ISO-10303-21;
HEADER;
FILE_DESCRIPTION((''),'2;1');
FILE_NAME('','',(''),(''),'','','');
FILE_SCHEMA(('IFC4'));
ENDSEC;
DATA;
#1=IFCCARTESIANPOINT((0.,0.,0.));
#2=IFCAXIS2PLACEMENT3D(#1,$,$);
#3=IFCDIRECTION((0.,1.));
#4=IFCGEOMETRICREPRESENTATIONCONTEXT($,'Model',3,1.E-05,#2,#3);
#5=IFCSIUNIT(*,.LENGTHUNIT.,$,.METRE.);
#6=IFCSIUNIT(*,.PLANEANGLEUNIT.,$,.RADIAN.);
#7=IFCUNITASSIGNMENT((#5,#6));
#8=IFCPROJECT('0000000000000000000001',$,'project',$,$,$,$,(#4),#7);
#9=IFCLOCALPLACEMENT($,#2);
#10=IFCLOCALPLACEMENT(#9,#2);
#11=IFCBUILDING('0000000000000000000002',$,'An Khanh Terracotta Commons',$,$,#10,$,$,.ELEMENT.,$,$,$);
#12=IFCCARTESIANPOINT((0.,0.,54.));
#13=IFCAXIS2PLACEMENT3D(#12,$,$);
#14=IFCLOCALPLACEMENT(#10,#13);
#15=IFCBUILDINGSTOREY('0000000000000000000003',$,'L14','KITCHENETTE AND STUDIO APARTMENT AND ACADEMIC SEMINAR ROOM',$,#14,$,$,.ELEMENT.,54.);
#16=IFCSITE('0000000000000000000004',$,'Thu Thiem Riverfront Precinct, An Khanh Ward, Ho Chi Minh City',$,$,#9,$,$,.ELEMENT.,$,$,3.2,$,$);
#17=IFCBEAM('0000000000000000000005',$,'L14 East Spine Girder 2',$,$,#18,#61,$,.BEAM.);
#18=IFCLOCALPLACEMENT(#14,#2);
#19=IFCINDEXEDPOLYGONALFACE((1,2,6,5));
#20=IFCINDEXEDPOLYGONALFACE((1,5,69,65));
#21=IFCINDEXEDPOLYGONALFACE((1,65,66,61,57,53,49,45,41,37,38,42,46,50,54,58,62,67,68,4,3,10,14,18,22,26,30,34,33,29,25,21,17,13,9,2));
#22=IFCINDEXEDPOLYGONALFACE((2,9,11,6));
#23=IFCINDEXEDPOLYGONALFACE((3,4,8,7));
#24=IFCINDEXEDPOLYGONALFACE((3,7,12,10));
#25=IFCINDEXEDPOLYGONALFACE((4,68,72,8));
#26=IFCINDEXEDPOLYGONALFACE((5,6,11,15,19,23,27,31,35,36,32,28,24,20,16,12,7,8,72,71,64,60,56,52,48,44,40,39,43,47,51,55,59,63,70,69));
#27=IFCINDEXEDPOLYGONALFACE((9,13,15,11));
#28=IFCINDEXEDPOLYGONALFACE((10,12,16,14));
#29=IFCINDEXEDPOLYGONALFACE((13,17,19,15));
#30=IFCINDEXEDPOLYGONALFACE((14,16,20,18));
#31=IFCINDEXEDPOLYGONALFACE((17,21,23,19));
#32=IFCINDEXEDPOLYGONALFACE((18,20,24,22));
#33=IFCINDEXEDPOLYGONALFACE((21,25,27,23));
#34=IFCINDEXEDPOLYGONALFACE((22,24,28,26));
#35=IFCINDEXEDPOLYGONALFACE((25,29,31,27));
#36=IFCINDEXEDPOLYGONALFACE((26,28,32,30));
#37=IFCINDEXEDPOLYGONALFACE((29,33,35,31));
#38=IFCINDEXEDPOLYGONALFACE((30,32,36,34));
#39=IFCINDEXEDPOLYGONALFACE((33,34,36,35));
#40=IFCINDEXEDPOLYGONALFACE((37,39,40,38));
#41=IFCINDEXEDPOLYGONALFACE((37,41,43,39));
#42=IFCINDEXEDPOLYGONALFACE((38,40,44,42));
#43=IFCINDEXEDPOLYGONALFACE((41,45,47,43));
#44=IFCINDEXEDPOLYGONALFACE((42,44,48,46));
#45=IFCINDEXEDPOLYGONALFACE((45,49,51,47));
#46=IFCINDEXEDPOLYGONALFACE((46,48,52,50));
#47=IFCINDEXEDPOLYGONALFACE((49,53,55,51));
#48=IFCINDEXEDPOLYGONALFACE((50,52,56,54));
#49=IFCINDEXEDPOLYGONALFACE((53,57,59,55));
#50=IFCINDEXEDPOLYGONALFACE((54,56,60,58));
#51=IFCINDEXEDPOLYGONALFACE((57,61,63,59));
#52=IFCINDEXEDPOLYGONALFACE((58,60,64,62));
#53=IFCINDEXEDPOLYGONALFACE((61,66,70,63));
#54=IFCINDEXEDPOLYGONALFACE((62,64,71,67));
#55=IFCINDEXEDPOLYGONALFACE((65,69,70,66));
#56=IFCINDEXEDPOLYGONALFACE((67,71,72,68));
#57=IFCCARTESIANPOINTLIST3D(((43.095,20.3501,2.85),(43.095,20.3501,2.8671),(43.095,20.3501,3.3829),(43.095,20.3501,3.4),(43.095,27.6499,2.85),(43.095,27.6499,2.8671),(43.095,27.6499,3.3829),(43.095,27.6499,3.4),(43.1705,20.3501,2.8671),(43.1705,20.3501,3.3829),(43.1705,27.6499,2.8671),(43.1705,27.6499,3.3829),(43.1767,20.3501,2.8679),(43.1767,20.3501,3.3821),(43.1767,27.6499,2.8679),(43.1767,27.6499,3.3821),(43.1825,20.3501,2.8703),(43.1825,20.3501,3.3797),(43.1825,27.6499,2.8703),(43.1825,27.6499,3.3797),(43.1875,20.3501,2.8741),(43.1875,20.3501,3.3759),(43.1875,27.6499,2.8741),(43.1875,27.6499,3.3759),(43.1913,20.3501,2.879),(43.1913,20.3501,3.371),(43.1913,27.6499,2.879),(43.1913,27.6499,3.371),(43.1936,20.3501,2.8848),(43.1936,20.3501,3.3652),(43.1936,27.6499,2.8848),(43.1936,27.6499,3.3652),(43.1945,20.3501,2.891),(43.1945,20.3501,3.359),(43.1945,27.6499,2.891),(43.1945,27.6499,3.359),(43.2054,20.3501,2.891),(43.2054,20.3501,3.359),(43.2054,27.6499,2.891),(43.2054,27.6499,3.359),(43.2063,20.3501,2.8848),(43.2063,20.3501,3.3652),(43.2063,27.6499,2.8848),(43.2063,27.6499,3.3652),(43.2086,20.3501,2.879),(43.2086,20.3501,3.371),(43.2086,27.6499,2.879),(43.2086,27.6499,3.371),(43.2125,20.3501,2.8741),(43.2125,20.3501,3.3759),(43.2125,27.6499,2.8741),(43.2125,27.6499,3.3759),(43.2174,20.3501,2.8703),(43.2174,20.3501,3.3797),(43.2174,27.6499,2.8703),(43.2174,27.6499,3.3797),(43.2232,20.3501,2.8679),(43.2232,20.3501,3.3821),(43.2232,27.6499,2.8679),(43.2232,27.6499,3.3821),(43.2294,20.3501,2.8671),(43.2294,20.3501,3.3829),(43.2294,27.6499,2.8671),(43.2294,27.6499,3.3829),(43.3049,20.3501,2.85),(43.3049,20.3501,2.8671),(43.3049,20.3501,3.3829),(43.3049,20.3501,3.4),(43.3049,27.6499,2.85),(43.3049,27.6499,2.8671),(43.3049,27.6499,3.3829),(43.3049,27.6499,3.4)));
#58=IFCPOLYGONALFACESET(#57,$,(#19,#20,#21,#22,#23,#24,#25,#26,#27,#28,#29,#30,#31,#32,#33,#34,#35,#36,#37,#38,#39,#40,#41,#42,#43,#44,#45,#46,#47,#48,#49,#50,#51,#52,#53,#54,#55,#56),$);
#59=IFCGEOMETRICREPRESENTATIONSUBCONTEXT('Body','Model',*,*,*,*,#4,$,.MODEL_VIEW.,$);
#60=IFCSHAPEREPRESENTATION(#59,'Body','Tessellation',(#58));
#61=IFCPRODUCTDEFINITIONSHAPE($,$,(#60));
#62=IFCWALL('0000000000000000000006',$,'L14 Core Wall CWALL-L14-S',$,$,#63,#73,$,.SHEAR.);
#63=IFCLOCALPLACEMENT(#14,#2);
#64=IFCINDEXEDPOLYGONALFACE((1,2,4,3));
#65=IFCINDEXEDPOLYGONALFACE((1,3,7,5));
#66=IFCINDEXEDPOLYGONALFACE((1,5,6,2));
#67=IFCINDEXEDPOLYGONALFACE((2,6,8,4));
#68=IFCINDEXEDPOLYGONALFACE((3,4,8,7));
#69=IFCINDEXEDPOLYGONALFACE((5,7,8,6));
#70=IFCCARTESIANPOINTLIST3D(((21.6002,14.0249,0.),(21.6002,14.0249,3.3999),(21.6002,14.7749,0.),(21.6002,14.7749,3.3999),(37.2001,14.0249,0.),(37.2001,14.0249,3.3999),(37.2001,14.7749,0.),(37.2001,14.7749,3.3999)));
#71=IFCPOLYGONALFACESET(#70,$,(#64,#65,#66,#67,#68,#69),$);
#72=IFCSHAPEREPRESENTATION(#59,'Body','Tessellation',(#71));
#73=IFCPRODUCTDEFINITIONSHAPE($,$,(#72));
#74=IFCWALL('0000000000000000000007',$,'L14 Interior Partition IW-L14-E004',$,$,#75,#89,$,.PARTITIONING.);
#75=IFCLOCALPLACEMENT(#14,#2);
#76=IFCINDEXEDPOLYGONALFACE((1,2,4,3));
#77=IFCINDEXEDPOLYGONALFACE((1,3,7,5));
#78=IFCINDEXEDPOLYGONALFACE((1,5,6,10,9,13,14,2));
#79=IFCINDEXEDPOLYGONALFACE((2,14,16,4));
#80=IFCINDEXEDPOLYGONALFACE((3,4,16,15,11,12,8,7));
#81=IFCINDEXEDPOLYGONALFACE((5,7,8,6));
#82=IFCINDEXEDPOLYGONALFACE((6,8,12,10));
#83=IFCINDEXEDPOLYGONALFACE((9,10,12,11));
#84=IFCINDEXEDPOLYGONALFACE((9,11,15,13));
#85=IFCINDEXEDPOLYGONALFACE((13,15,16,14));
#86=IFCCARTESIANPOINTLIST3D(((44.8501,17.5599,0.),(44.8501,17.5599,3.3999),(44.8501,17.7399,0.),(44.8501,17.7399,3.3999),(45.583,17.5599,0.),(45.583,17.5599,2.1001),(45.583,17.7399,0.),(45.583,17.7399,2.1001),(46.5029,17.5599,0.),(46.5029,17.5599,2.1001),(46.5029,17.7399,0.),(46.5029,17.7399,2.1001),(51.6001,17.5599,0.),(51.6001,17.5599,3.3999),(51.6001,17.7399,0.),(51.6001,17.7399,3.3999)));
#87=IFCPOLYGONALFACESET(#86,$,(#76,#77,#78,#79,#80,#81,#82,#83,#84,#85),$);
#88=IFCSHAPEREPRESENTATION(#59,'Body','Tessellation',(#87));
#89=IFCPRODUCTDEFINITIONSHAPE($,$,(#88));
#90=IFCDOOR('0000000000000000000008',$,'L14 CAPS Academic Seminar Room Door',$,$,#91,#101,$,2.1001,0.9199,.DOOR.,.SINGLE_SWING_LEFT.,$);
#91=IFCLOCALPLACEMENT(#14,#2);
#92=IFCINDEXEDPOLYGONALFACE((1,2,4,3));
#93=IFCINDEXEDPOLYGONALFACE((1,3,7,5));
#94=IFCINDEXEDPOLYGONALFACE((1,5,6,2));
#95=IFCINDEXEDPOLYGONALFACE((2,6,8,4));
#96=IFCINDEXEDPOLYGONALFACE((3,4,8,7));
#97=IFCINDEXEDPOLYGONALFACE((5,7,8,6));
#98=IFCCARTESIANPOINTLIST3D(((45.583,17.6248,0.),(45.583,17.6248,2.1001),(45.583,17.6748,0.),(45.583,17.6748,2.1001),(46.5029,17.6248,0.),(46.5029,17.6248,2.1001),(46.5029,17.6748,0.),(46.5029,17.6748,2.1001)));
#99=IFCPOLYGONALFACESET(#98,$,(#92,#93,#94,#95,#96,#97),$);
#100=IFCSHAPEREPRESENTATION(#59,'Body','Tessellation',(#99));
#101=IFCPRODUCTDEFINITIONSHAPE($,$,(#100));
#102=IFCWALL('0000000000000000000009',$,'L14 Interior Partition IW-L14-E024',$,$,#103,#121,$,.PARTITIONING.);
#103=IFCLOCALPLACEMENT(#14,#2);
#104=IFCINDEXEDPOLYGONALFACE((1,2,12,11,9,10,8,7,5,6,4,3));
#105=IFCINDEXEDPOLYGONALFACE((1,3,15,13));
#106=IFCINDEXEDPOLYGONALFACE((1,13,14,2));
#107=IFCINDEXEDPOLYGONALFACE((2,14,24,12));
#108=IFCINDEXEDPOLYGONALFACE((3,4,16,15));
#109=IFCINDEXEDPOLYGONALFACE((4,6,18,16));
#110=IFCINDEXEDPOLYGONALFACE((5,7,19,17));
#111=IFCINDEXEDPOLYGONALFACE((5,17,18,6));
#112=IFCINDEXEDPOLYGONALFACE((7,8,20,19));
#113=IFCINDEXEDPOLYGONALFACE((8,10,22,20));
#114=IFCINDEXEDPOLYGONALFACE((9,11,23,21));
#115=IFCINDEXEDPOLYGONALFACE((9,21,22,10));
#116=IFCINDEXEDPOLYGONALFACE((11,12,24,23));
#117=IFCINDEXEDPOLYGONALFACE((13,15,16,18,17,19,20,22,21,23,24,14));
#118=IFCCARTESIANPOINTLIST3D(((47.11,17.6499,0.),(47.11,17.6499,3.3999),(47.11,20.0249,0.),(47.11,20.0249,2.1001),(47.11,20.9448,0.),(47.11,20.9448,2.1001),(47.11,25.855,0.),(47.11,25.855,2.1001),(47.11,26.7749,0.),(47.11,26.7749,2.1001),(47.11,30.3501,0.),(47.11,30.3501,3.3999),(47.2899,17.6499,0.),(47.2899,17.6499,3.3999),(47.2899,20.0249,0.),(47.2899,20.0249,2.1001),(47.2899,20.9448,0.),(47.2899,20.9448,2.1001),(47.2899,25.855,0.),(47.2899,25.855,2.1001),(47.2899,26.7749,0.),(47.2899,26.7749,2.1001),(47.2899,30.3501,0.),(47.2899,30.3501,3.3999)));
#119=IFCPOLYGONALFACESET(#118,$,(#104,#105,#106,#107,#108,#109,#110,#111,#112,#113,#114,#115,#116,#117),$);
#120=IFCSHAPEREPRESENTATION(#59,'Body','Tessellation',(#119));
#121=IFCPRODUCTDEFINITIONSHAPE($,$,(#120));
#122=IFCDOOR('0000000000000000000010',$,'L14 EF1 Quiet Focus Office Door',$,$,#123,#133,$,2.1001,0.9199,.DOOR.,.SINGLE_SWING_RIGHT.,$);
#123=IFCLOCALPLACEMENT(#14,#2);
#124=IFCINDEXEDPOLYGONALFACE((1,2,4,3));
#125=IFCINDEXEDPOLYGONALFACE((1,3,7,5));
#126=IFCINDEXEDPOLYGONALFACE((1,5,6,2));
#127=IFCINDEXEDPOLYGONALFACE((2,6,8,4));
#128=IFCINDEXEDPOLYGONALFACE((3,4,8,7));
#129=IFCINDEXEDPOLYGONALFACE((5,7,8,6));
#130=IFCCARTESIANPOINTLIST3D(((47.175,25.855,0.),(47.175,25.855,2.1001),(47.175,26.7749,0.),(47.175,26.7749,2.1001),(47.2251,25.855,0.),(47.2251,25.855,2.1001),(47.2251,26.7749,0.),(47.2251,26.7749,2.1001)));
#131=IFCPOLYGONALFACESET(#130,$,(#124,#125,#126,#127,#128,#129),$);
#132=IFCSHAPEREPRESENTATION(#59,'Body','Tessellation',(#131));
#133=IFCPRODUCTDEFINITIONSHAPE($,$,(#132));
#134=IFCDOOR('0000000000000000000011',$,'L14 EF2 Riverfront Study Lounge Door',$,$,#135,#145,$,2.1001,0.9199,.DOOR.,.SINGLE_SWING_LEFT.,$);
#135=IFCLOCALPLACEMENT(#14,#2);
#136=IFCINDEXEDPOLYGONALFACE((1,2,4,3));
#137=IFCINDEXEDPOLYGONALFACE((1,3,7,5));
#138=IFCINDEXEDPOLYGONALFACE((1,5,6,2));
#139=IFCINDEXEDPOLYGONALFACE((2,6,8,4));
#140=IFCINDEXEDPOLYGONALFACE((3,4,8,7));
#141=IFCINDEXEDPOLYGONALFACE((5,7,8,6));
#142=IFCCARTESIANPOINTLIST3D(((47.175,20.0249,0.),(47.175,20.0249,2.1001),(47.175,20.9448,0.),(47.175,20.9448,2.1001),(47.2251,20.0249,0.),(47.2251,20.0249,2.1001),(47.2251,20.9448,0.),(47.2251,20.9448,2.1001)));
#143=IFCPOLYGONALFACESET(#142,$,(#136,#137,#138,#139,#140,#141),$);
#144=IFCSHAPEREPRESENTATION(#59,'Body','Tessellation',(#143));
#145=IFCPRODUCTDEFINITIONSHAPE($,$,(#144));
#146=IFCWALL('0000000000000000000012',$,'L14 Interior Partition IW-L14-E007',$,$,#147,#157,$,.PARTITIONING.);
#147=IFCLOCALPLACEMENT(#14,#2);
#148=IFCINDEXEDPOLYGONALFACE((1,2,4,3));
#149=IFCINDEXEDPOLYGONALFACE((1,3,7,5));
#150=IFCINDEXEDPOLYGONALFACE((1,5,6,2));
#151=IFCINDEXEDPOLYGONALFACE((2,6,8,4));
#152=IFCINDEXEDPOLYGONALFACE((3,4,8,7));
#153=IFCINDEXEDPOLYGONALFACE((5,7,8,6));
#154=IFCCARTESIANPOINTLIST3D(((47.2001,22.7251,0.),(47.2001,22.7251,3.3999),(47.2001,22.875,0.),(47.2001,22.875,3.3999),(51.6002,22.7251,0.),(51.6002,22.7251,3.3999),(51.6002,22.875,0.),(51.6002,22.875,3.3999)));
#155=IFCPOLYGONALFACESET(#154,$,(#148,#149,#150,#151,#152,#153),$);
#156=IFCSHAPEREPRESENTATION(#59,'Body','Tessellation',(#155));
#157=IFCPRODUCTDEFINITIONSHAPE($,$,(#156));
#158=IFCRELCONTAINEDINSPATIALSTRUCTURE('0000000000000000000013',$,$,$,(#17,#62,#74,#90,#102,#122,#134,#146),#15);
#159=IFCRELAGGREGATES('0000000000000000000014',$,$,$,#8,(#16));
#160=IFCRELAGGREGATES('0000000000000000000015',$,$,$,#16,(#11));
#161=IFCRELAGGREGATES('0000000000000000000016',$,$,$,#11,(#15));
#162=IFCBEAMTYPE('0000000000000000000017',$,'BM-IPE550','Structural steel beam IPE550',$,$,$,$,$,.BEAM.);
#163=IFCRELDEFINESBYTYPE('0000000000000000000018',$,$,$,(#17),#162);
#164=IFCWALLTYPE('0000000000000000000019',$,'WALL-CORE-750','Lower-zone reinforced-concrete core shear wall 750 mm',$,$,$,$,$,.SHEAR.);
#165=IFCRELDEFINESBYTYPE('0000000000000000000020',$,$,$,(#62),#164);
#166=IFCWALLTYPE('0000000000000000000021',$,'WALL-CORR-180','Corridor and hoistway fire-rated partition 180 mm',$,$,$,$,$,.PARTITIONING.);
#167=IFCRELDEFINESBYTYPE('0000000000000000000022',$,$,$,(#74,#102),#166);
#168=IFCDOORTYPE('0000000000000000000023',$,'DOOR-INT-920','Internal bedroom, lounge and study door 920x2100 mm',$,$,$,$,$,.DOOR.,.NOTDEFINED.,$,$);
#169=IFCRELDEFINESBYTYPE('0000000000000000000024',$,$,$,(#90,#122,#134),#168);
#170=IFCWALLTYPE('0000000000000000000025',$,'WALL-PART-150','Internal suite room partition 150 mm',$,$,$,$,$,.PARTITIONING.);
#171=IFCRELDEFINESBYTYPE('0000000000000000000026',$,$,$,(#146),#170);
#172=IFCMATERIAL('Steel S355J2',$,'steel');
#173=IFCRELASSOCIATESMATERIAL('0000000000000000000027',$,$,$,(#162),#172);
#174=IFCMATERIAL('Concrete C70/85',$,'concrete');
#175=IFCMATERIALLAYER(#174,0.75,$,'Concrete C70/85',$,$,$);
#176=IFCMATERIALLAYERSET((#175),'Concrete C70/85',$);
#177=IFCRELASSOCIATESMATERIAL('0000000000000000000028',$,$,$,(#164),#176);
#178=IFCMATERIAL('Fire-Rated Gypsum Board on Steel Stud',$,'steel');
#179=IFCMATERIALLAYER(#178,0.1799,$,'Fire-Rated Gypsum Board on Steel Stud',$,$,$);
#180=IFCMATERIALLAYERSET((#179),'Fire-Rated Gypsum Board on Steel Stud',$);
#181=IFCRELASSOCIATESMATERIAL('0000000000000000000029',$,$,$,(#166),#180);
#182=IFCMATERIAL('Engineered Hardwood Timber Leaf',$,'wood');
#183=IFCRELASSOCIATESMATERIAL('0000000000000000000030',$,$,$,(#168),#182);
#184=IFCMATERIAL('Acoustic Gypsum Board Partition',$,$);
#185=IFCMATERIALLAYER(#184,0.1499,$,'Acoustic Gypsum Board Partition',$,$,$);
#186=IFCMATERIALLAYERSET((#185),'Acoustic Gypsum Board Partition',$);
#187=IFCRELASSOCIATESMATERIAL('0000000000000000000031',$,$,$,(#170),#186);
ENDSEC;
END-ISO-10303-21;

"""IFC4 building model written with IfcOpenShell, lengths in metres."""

from ifc_helpers import new_model, si_unit, direction, frame, frame_2d, origin, origin_2d, place, context, subcontext, project, spatial, rectangle, i_section, extrude, material, layer, layer_set, material_profile, profile_set, type_object, element, fill, save


model = new_model("IFC4")

# Units and contexts
model_context = context("Model", 3, precision=1e-05, world=origin(), true_north=direction((0.0, 1.0)))
body_context = subcontext(model_context, "Body", "Model", "MODEL_VIEW")
ifc_project = project(units=[si_unit("LENGTHUNIT", "METRE"), si_unit("PLANEANGLEUNIT", "RADIAN")], contexts=[model_context])

# Site, building, storey
site_placement = place(None, origin())
site = spatial("IfcSite", under=ifc_project, at=site_placement, Name="Thu Thiem Riverfront Precinct, An Khanh Ward, Ho Chi Minh City", CompositionType="ELEMENT", RefElevation=3.2)
building_placement = place(site_placement, origin())
building = spatial("IfcBuilding", under=site, at=building_placement, Name="An Khanh Terracotta Commons", CompositionType="ELEMENT")
storey_placement = place(building_placement, frame((0.0, 0.0, 54.0)))
storey = spatial("IfcBuildingStorey", under=building, at=storey_placement, Name="L14", Description="KITCHENETTE AND STUDIO APARTMENT AND ACADEMIC SEMINAR ROOM", CompositionType="ELEMENT", Elevation=54.0)

# Beam
ifc_material_1 = material(Name="Steel S355J2", Category="steel")
ifc_material_profile_1 = material_profile(ifc_material_1, i_section(OverallWidth=0.21, OverallDepth=0.55, WebThickness=0.011, FlangeThickness=0.0171, FilletRadius=0.0239, at=origin_2d()), Name="IPE550")
ifc_profile_set_1 = profile_set([ifc_material_profile_1], Name="Steel S355J2")
beam_type_1 = type_object("IfcBeamType", Name="BM-IPE550", Description="Structural steel beam IPE550", PredefinedType="BEAM", material=ifc_profile_set_1)
beam_1_placement = place(storey_placement, frame((43.2, 20.3501, 3.125), z_axis=(0.0, 1.0, 0.0), x_axis=(-1.0, 0.0, 0.0)))
element("IfcBeam", 1, at=beam_1_placement, inside=storey, type_object=beam_type_1, Name="L14 East Spine Girder 2", PredefinedType="BEAM", context=body_context, shape_type="SweptSolid", body=[
    extrude(i_section(OverallWidth=0.21, OverallDepth=0.55, WebThickness=0.011, FlangeThickness=0.0171, FilletRadius=0.0239, at=origin_2d()), origin(), (0.0, 0.0, 1.0), 7.2998),
])

# Wall
ifc_material_2 = material(Name="Concrete C70/85", Category="concrete")
ifc_layer_1 = layer(ifc_material_2, 0.75, Name="Concrete C70/85")
ifc_layer_set_1 = layer_set([ifc_layer_1], Name="Concrete C70/85")
wall_type_1 = type_object("IfcWallType", Name="WALL-CORE-750", Description="Lower-zone reinforced-concrete core shear wall 750 mm", PredefinedType="SHEAR", material=ifc_layer_set_1)
wall_1_placement = place(storey_placement, frame((37.2, 14.3999, 0.0), z_axis=(0.0, 0.0, 1.0), x_axis=(-1.0, 0.0, 0.0)))
element("IfcWall", 2, at=wall_1_placement, inside=storey, type_object=wall_type_1, Name="L14 Core Wall CWALL-L14-S", PredefinedType="SHEAR", context=body_context, shape_type="SweptSolid", body=[
    extrude(rectangle(XDim=15.5999, YDim=0.75, at=frame_2d((7.7998, 0.0))), origin(), (0.0, 0.0, 1.0), 3.3999),
])

# Wall, opening, door
ifc_material_3 = material(Name="Fire-Rated Gypsum Board on Steel Stud", Category="steel")
ifc_layer_2 = layer(ifc_material_3, 0.1799, Name="Fire-Rated Gypsum Board on Steel Stud")
ifc_layer_set_2 = layer_set([ifc_layer_2], Name="Fire-Rated Gypsum Board on Steel Stud")
wall_type_2 = type_object("IfcWallType", Name="WALL-CORR-180", Description="Corridor and hoistway fire-rated partition 180 mm", PredefinedType="PARTITIONING", material=ifc_layer_set_2)
wall_2_placement = place(storey_placement, frame((44.8501, 17.6499, 0.0), z_axis=(0.0, 0.0, 1.0), x_axis=(1.0, 0.0, 0.0)))
wall_2 = element("IfcWall", 3, at=wall_2_placement, inside=storey, type_object=wall_type_2, Name="L14 Interior Partition IW-L14-E004", PredefinedType="PARTITIONING", context=body_context, shape_type="SweptSolid", body=[
    extrude(rectangle(XDim=6.75, YDim=0.1799, at=frame_2d((3.375, 0.0))), origin(), (0.0, 0.0, 1.0), 3.3999),
])
opening_1_placement = place(wall_2_placement, frame((0.7329, 0.0, 0.0)))
opening_1 = element("IfcOpeningElement", 4, at=opening_1_placement, cuts=wall_2, PredefinedType="OPENING", context=body_context, shape_type="SweptSolid", body=[
    extrude(rectangle(XDim=0.9199, YDim=2.1001, at=frame_2d((0.46, 1.05))), frame((0.0, 0.0999, 0.0), z_axis=(0.0, -1.0, 0.0), x_axis=(1.0, 0.0, 0.0)), (0.0, 0.0, 1.0), 0.2),
])
ifc_material_4 = material(Name="Engineered Hardwood Timber Leaf", Category="wood")
door_type_1 = type_object("IfcDoorType", Name="DOOR-INT-920", Description="Internal bedroom, lounge and study door 920x2100 mm", OperationType="NOTDEFINED", PredefinedType="DOOR", material=ifc_material_4)
door_1_placement = place(opening_1_placement, origin())
door_1 = element("IfcDoor", 5, at=door_1_placement, inside=storey, type_object=door_type_1, Name="L14 CAPS Academic Seminar Room Door", OperationType="SINGLE_SWING_LEFT", OverallHeight=2.1001, OverallWidth=0.9199, PredefinedType="DOOR", context=body_context, shape_type="SweptSolid", body=[
    extrude(rectangle(XDim=0.9199, YDim=2.1001, at=frame_2d((0.46, 1.05))), frame((0.0, 0.0249, 0.0), z_axis=(0.0, -1.0, 0.0), x_axis=(1.0, 0.0, 0.0)), (0.0, 0.0, 1.0), 0.05),
])
fill(opening_1, door_1)

# Wall, openings, doors
wall_3_placement = place(storey_placement, frame((47.2, 17.6499, 0.0), z_axis=(0.0, 0.0, 1.0), x_axis=(0.0, 1.0, 0.0)))
wall_3 = element("IfcWall", 6, at=wall_3_placement, inside=storey, type_object=wall_type_2, Name="L14 Interior Partition IW-L14-E024", PredefinedType="PARTITIONING", context=body_context, shape_type="SweptSolid", body=[
    extrude(rectangle(XDim=12.7002, YDim=0.1799, at=frame_2d((6.3501, 0.0))), origin(), (0.0, 0.0, 1.0), 3.3999),
])
opening_2_placement = place(wall_3_placement, frame((8.2051, 0.0, 0.0)))
opening_2 = element("IfcOpeningElement", 7, at=opening_2_placement, cuts=wall_3, PredefinedType="OPENING", context=body_context, shape_type="SweptSolid", body=[
    extrude(rectangle(XDim=0.9199, YDim=2.1001, at=frame_2d((0.46, 1.05))), frame((0.0, 0.0999, 0.0), z_axis=(0.0, -1.0, 0.0), x_axis=(1.0, 0.0, 0.0)), (0.0, 0.0, 1.0), 0.2),
])
opening_3_placement = place(wall_3_placement, frame((2.375, 0.0, 0.0)))
opening_3 = element("IfcOpeningElement", 8, at=opening_3_placement, cuts=wall_3, PredefinedType="OPENING", context=body_context, shape_type="SweptSolid", body=[
    extrude(rectangle(XDim=0.9199, YDim=2.1001, at=frame_2d((0.46, 1.05))), frame((0.0, 0.0999, 0.0), z_axis=(0.0, -1.0, 0.0), x_axis=(1.0, 0.0, 0.0)), (0.0, 0.0, 1.0), 0.2),
])
door_2_placement = place(opening_2_placement, origin())
door_2 = element("IfcDoor", 9, at=door_2_placement, inside=storey, type_object=door_type_1, Name="L14 EF1 Quiet Focus Office Door", OperationType="SINGLE_SWING_RIGHT", OverallHeight=2.1001, OverallWidth=0.9199, PredefinedType="DOOR", context=body_context, shape_type="SweptSolid", body=[
    extrude(rectangle(XDim=0.9199, YDim=2.1001, at=frame_2d((0.46, 1.05))), frame((0.0, 0.0249, 0.0), z_axis=(0.0, -1.0, 0.0), x_axis=(1.0, 0.0, 0.0)), (0.0, 0.0, 1.0), 0.05),
])
fill(opening_2, door_2)
door_3_placement = place(opening_3_placement, origin())
door_3 = element("IfcDoor", 10, at=door_3_placement, inside=storey, type_object=door_type_1, Name="L14 EF2 Riverfront Study Lounge Door", OperationType="SINGLE_SWING_LEFT", OverallHeight=2.1001, OverallWidth=0.9199, PredefinedType="DOOR", context=body_context, shape_type="SweptSolid", body=[
    extrude(rectangle(XDim=0.9199, YDim=2.1001, at=frame_2d((0.46, 1.05))), frame((0.0, 0.0249, 0.0), z_axis=(0.0, -1.0, 0.0), x_axis=(1.0, 0.0, 0.0)), (0.0, 0.0, 1.0), 0.05),
])
fill(opening_3, door_3)

# Wall
ifc_material_5 = material(Name="Acoustic Gypsum Board Partition")
ifc_layer_3 = layer(ifc_material_5, 0.1499, Name="Acoustic Gypsum Board Partition")
ifc_layer_set_3 = layer_set([ifc_layer_3], Name="Acoustic Gypsum Board Partition")
wall_type_3 = type_object("IfcWallType", Name="WALL-PART-150", Description="Internal suite room partition 150 mm", PredefinedType="PARTITIONING", material=ifc_layer_set_3)
wall_4_placement = place(storey_placement, frame((47.2, 22.8, 0.0), z_axis=(0.0, 0.0, 1.0), x_axis=(1.0, 0.0, 0.0)))
element("IfcWall", 11, at=wall_4_placement, inside=storey, type_object=wall_type_3, Name="L14 Interior Partition IW-L14-E007", PredefinedType="PARTITIONING", context=body_context, shape_type="SweptSolid", body=[
    extrude(rectangle(XDim=4.4001, YDim=0.1499, at=frame_2d((2.2002, 0.0))), origin(), (0.0, 0.0, 1.0), 3.3999),
])

save(model, "model.ifc")
